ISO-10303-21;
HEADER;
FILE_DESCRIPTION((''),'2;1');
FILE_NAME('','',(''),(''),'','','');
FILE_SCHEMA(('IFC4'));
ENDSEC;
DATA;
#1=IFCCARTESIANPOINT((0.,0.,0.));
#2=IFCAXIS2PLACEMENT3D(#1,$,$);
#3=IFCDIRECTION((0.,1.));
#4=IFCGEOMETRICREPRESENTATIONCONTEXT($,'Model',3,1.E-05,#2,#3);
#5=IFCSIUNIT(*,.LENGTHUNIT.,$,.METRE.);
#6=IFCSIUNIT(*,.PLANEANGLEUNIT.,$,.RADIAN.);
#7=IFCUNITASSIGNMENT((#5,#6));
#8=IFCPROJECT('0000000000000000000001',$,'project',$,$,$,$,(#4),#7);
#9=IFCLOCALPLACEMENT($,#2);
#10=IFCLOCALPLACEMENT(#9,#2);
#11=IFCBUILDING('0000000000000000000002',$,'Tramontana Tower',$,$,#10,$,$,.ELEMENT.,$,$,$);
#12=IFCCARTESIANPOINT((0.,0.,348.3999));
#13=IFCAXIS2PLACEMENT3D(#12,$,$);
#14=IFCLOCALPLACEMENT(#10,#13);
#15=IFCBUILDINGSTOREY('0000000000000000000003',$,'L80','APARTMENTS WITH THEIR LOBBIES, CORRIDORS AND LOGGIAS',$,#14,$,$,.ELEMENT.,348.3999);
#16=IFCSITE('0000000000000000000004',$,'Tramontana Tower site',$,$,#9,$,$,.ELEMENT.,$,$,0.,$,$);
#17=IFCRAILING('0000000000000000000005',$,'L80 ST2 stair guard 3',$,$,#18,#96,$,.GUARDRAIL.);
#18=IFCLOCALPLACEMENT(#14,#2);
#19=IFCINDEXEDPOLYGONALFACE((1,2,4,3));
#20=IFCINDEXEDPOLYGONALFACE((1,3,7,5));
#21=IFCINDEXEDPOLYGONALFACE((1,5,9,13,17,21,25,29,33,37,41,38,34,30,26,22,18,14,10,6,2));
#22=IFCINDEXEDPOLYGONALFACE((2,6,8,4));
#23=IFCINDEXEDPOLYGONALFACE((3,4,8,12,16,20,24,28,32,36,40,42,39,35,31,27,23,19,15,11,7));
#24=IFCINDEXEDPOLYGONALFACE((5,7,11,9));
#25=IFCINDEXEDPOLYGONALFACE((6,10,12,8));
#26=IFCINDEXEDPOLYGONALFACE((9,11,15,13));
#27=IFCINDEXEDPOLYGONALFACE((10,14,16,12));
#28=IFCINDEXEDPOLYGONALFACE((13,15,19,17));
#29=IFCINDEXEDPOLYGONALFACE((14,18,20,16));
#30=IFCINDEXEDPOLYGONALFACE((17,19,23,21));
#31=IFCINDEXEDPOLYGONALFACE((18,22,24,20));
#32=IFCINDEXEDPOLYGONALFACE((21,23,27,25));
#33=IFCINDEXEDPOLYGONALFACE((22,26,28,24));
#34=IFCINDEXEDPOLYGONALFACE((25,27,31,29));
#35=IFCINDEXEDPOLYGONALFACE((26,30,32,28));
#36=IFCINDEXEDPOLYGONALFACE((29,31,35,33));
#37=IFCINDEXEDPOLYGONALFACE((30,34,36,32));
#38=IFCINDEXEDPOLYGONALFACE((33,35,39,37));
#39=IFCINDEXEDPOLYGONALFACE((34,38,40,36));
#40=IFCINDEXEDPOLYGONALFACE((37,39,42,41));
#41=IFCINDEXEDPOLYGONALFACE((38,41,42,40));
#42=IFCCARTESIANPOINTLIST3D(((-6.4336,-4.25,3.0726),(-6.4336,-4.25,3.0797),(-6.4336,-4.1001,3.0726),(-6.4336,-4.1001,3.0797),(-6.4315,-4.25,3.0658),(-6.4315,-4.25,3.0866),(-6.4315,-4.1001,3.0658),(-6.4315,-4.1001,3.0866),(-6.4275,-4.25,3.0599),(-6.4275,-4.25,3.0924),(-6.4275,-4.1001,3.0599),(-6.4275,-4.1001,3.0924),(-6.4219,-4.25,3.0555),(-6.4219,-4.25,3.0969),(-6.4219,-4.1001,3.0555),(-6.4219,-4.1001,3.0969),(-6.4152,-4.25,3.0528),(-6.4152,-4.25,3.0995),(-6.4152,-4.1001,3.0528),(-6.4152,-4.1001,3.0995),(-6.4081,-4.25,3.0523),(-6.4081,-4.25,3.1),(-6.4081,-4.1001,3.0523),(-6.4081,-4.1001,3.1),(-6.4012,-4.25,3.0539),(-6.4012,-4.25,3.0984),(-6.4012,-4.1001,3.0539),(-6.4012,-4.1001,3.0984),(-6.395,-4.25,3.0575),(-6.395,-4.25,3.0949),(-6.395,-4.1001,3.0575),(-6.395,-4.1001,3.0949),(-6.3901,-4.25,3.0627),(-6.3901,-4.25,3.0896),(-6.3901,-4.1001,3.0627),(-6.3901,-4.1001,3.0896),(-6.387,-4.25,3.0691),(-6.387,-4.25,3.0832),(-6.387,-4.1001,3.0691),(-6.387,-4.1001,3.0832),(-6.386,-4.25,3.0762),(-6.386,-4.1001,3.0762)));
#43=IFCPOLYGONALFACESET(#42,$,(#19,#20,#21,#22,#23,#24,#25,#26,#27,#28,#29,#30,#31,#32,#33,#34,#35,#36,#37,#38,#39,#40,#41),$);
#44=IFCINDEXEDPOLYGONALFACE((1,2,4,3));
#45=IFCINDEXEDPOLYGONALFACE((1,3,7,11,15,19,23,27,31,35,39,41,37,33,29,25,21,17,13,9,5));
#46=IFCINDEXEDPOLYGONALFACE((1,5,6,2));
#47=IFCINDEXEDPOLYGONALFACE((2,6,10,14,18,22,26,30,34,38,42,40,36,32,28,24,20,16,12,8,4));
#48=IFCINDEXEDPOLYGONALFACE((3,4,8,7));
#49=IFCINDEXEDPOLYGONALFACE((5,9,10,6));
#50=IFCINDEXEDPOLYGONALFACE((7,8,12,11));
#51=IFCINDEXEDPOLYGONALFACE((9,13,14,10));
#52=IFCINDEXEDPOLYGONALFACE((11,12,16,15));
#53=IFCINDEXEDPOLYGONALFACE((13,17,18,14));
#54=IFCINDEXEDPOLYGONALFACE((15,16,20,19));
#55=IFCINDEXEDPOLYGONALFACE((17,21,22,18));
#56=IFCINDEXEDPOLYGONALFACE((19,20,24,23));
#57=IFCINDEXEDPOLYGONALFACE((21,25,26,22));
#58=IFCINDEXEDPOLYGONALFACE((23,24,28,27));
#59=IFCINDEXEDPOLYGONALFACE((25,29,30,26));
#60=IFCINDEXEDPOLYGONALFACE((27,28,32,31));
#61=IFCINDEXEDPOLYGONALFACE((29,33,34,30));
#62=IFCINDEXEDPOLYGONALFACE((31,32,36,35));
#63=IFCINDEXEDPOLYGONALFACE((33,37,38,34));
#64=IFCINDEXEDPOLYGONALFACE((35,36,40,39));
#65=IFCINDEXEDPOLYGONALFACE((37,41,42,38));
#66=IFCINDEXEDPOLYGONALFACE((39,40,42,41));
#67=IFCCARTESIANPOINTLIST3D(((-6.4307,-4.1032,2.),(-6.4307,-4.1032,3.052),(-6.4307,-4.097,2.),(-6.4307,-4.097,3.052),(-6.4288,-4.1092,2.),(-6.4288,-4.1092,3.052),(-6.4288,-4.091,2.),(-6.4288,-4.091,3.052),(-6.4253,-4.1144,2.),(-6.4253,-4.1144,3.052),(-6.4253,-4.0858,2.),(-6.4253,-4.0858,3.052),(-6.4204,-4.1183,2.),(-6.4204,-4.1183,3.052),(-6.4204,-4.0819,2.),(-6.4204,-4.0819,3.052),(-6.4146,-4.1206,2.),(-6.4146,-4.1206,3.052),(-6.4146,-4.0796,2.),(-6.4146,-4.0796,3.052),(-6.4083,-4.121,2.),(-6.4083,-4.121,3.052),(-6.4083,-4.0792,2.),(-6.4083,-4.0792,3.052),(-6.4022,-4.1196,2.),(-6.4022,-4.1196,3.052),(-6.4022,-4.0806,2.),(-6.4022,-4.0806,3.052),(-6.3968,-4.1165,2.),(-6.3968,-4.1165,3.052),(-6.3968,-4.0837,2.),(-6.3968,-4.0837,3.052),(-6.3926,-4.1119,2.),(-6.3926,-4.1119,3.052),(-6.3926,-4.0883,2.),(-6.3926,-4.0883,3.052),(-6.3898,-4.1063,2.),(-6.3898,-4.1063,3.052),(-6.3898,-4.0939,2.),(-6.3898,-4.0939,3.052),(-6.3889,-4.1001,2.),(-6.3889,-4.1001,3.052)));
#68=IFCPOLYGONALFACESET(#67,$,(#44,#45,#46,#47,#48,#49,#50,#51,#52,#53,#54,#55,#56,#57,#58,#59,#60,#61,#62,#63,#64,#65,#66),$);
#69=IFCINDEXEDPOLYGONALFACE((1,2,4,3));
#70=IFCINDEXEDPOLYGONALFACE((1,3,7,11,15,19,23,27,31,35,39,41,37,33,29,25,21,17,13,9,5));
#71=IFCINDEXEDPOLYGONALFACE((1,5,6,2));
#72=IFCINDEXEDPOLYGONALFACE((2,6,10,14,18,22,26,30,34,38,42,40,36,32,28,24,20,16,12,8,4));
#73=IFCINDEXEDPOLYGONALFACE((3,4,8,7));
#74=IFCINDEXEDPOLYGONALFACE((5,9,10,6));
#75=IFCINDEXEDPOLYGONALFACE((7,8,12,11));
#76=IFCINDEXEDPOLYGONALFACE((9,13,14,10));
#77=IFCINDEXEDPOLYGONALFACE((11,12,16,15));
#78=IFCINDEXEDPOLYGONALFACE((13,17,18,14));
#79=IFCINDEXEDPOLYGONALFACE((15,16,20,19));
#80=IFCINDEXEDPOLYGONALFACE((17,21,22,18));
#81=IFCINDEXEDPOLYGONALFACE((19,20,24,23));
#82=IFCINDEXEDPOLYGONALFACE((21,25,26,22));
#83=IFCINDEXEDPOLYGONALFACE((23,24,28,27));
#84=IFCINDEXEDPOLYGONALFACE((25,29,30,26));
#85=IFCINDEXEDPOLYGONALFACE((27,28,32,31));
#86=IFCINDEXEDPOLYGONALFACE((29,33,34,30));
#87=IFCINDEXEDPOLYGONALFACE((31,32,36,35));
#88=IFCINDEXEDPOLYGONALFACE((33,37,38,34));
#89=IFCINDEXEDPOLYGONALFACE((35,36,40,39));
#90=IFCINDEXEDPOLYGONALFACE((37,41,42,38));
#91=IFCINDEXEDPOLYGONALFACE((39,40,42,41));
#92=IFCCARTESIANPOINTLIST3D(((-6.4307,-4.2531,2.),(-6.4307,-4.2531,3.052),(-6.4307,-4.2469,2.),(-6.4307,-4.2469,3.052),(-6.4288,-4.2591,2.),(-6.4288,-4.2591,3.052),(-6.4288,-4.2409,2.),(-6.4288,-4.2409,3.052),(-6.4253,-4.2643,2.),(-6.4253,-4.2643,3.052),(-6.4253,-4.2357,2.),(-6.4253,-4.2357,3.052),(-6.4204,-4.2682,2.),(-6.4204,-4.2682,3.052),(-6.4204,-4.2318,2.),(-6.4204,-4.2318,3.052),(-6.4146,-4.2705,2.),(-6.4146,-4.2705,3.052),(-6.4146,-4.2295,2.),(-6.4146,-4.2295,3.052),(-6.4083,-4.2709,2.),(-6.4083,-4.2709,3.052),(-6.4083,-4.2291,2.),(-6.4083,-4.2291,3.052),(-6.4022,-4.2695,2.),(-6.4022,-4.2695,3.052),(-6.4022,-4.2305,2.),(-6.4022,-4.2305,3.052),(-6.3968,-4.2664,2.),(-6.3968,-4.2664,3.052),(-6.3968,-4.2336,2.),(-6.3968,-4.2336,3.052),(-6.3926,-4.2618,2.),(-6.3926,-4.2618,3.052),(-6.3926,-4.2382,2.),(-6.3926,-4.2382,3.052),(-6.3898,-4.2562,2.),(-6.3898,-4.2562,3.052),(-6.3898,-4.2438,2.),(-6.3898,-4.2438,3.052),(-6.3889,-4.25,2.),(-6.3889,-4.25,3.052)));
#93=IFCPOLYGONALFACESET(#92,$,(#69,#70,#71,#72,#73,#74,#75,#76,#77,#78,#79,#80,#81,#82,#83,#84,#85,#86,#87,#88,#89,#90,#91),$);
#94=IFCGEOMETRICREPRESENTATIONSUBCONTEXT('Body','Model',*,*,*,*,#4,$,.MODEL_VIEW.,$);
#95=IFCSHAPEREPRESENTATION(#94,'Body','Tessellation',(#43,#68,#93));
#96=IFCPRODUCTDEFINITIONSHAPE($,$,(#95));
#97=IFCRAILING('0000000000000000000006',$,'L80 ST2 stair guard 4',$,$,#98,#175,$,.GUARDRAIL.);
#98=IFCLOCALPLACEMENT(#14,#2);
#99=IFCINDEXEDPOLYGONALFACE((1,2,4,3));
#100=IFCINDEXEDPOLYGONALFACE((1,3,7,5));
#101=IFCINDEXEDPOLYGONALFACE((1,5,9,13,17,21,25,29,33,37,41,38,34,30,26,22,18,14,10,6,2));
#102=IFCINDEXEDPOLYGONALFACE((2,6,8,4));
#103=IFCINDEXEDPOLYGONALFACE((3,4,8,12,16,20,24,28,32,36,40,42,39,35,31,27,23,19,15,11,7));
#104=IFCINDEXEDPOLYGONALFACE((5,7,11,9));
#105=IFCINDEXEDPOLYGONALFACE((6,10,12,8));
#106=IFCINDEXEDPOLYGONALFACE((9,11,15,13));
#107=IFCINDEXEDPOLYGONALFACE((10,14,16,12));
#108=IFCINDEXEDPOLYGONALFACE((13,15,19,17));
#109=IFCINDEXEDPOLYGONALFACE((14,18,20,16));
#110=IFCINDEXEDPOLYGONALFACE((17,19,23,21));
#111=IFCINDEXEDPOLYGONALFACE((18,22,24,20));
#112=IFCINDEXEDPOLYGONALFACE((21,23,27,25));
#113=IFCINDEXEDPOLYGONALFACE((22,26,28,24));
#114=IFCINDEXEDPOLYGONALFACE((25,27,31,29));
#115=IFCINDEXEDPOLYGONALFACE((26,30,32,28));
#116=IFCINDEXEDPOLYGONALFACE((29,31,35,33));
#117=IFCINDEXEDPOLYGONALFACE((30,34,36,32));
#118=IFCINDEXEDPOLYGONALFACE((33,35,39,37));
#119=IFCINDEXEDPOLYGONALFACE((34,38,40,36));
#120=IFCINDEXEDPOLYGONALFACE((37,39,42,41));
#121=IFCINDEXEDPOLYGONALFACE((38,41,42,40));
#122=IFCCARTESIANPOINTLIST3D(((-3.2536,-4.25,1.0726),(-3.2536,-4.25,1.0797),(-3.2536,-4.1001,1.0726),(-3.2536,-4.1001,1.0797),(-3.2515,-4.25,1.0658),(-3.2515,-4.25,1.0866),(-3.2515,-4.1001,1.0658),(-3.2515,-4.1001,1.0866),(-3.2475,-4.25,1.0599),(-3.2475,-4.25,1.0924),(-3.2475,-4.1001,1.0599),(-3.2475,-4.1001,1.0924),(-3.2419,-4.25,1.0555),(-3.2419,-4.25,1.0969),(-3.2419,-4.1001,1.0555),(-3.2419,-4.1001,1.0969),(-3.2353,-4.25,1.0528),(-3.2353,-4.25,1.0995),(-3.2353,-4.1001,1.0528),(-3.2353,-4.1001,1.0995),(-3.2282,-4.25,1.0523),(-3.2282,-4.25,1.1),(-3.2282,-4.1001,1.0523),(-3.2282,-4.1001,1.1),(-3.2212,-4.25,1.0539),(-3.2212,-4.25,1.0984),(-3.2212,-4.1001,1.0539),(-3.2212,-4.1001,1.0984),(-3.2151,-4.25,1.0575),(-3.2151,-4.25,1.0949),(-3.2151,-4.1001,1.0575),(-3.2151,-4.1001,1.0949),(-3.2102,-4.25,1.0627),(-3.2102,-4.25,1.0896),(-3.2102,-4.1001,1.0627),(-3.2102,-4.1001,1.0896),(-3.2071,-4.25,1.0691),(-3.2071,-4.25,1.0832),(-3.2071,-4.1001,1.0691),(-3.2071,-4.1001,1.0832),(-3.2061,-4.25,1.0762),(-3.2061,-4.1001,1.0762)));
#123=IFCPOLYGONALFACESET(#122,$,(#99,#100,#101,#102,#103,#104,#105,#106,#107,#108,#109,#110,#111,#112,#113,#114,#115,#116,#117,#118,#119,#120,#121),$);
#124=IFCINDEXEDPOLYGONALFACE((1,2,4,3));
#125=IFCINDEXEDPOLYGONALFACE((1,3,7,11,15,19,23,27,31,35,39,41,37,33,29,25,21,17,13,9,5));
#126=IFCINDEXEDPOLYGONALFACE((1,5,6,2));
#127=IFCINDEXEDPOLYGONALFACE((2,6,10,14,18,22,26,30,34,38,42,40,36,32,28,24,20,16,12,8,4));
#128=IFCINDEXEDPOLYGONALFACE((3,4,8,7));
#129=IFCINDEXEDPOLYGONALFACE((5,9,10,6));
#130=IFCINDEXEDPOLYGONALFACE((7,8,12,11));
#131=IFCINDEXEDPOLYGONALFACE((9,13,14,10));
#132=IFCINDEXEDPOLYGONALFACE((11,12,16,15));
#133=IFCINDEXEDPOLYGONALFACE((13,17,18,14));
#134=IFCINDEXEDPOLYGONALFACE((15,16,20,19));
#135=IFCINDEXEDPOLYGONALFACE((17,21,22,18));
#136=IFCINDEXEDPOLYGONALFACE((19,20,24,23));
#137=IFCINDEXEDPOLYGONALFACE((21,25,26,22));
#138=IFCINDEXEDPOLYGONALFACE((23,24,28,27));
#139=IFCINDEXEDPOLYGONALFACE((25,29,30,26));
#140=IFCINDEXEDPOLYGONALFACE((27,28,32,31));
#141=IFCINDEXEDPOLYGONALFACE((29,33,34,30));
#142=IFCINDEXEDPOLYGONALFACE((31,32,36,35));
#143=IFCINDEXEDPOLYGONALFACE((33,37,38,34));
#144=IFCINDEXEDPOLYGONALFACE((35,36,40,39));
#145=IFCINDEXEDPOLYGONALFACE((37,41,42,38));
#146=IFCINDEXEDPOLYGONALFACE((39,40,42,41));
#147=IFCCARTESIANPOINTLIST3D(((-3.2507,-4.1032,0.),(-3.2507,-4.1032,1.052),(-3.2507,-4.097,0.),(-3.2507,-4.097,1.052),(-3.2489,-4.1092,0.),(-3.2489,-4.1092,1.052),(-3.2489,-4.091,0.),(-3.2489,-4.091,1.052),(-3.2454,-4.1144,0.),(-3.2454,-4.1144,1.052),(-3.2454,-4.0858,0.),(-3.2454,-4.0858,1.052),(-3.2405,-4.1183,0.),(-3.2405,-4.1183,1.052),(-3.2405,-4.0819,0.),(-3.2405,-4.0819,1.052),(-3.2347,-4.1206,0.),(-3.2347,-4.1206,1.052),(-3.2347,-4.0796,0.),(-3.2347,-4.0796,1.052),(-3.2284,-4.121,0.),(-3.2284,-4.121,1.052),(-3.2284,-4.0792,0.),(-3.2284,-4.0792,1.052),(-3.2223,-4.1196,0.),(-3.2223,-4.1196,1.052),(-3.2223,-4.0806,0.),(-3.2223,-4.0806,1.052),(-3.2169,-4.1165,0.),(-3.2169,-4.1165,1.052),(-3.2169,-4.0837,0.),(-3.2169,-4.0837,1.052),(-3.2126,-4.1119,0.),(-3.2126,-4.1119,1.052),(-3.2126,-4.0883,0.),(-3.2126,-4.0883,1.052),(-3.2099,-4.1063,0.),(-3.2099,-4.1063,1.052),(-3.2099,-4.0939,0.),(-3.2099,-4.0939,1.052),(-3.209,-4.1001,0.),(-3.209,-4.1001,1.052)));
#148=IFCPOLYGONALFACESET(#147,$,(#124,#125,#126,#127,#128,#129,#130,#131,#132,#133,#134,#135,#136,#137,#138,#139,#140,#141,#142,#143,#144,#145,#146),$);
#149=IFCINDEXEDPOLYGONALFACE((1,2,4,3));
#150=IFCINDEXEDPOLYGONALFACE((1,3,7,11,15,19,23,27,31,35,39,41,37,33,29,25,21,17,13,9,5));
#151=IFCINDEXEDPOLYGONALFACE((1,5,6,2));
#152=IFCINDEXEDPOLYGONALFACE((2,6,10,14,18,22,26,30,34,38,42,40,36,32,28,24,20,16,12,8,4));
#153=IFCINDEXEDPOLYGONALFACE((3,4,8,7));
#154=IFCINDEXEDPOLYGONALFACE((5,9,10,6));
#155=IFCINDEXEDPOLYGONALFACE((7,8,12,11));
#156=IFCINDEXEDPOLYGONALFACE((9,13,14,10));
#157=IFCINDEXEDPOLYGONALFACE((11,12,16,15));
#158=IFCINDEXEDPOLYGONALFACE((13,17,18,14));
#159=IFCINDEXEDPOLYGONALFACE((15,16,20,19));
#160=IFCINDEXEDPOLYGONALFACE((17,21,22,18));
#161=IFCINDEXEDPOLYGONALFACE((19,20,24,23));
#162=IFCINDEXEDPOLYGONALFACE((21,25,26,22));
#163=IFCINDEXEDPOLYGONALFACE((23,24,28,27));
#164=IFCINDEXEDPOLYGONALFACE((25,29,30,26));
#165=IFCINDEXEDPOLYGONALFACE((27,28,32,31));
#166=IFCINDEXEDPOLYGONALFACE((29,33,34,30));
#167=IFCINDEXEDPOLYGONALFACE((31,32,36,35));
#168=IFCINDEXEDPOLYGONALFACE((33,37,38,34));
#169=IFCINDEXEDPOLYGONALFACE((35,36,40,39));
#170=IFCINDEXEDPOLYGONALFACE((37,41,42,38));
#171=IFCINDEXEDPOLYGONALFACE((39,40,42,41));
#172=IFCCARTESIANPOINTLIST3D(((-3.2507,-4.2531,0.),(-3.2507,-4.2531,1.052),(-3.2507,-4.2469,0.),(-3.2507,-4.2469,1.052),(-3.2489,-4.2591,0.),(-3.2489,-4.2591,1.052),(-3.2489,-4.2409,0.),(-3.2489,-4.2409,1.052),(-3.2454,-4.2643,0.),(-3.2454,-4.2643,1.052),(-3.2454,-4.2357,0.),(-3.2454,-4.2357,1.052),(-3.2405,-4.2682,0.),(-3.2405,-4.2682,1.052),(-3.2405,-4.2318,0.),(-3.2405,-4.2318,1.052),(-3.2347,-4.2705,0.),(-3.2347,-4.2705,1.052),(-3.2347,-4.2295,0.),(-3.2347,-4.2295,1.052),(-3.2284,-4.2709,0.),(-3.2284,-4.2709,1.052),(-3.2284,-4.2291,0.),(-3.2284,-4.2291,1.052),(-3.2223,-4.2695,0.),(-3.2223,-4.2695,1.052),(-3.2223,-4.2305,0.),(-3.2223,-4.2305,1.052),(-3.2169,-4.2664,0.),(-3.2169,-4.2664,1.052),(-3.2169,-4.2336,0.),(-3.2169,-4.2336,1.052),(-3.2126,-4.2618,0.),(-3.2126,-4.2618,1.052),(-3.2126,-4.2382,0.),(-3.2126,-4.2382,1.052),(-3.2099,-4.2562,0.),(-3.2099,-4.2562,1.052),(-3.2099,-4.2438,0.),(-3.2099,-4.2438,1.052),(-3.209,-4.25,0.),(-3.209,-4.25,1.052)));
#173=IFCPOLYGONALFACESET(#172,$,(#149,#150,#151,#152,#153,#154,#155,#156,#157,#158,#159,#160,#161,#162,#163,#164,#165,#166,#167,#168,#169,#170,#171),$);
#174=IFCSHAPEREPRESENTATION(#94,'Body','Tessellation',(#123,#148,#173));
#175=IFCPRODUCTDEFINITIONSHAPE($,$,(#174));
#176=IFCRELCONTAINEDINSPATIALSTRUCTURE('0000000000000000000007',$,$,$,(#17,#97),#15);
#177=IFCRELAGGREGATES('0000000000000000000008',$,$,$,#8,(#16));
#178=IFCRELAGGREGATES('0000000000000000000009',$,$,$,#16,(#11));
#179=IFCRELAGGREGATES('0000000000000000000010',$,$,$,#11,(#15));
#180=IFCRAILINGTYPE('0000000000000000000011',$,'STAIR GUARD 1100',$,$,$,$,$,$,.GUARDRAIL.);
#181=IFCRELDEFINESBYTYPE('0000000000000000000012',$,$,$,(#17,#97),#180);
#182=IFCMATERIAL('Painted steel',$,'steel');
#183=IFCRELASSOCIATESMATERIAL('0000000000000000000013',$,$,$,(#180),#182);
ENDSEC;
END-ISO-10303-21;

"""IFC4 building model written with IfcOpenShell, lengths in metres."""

from ifc_helpers import new_model, si_unit, direction, frame, origin, origin_2d, place, context, subcontext, project, spatial, circle, extrude, material, type_object, element, save


model = new_model("IFC4")

# Units and contexts
model_context = context("Model", 3, precision=1e-05, world=origin(), true_north=direction((0.0, 1.0)))
body_context = subcontext(model_context, "Body", "Model", "MODEL_VIEW")
ifc_project = project(units=[si_unit("LENGTHUNIT", "METRE"), si_unit("PLANEANGLEUNIT", "RADIAN")], contexts=[model_context])

# Site, building, storey
site_placement = place(None, origin())
site = spatial("IfcSite", under=ifc_project, at=site_placement, Name="Tramontana Tower site", CompositionType="ELEMENT", RefElevation=0.0)
building_placement = place(site_placement, origin())
building = spatial("IfcBuilding", under=site, at=building_placement, Name="Tramontana Tower", CompositionType="ELEMENT")
storey_placement = place(building_placement, frame((0.0, 0.0, 348.3999)))
storey = spatial("IfcBuildingStorey", under=building, at=storey_placement, Name="L80", Description="APARTMENTS WITH THEIR LOBBIES, CORRIDORS AND LOGGIAS", CompositionType="ELEMENT", Elevation=348.3999)

# Railings
ifc_material_1 = material(Name="Painted steel", Category="steel")
railing_type_1 = type_object("IfcRailingType", Name="STAIR GUARD 1100", PredefinedType="GUARDRAIL", material=ifc_material_1)
for number, where, name in (
    (1, (-6.4099, -4.1001, 2.0), "L80 ST2 stair guard 3"),
    (2, (-3.23, -4.1001, 0.0), "L80 ST2 stair guard 4"),
):
    element("IfcRailing", number, at=place(storey_placement, frame(where)), inside=storey, type_object=railing_type_1, Name=name, PredefinedType="GUARDRAIL", context=body_context, shape_type="SweptSolid", body=[
        extrude(circle(Radius=0.0239, at=origin_2d()), frame((0.0, 0.0, 1.0762), z_axis=(0.0, -1.0, 0.0), x_axis=(1.0, 0.0, 0.0)), (0.0, 0.0, 1.0), 0.1499),
        extrude(circle(Radius=0.021, at=origin_2d()), origin(), (0.0, 0.0, 1.0), 1.052),
        extrude(circle(Radius=0.021, at=origin_2d()), frame((0.0, -0.1499, 0.0)), (0.0, 0.0, 1.0), 1.052),
    ])

save(model, "model.ifc")
